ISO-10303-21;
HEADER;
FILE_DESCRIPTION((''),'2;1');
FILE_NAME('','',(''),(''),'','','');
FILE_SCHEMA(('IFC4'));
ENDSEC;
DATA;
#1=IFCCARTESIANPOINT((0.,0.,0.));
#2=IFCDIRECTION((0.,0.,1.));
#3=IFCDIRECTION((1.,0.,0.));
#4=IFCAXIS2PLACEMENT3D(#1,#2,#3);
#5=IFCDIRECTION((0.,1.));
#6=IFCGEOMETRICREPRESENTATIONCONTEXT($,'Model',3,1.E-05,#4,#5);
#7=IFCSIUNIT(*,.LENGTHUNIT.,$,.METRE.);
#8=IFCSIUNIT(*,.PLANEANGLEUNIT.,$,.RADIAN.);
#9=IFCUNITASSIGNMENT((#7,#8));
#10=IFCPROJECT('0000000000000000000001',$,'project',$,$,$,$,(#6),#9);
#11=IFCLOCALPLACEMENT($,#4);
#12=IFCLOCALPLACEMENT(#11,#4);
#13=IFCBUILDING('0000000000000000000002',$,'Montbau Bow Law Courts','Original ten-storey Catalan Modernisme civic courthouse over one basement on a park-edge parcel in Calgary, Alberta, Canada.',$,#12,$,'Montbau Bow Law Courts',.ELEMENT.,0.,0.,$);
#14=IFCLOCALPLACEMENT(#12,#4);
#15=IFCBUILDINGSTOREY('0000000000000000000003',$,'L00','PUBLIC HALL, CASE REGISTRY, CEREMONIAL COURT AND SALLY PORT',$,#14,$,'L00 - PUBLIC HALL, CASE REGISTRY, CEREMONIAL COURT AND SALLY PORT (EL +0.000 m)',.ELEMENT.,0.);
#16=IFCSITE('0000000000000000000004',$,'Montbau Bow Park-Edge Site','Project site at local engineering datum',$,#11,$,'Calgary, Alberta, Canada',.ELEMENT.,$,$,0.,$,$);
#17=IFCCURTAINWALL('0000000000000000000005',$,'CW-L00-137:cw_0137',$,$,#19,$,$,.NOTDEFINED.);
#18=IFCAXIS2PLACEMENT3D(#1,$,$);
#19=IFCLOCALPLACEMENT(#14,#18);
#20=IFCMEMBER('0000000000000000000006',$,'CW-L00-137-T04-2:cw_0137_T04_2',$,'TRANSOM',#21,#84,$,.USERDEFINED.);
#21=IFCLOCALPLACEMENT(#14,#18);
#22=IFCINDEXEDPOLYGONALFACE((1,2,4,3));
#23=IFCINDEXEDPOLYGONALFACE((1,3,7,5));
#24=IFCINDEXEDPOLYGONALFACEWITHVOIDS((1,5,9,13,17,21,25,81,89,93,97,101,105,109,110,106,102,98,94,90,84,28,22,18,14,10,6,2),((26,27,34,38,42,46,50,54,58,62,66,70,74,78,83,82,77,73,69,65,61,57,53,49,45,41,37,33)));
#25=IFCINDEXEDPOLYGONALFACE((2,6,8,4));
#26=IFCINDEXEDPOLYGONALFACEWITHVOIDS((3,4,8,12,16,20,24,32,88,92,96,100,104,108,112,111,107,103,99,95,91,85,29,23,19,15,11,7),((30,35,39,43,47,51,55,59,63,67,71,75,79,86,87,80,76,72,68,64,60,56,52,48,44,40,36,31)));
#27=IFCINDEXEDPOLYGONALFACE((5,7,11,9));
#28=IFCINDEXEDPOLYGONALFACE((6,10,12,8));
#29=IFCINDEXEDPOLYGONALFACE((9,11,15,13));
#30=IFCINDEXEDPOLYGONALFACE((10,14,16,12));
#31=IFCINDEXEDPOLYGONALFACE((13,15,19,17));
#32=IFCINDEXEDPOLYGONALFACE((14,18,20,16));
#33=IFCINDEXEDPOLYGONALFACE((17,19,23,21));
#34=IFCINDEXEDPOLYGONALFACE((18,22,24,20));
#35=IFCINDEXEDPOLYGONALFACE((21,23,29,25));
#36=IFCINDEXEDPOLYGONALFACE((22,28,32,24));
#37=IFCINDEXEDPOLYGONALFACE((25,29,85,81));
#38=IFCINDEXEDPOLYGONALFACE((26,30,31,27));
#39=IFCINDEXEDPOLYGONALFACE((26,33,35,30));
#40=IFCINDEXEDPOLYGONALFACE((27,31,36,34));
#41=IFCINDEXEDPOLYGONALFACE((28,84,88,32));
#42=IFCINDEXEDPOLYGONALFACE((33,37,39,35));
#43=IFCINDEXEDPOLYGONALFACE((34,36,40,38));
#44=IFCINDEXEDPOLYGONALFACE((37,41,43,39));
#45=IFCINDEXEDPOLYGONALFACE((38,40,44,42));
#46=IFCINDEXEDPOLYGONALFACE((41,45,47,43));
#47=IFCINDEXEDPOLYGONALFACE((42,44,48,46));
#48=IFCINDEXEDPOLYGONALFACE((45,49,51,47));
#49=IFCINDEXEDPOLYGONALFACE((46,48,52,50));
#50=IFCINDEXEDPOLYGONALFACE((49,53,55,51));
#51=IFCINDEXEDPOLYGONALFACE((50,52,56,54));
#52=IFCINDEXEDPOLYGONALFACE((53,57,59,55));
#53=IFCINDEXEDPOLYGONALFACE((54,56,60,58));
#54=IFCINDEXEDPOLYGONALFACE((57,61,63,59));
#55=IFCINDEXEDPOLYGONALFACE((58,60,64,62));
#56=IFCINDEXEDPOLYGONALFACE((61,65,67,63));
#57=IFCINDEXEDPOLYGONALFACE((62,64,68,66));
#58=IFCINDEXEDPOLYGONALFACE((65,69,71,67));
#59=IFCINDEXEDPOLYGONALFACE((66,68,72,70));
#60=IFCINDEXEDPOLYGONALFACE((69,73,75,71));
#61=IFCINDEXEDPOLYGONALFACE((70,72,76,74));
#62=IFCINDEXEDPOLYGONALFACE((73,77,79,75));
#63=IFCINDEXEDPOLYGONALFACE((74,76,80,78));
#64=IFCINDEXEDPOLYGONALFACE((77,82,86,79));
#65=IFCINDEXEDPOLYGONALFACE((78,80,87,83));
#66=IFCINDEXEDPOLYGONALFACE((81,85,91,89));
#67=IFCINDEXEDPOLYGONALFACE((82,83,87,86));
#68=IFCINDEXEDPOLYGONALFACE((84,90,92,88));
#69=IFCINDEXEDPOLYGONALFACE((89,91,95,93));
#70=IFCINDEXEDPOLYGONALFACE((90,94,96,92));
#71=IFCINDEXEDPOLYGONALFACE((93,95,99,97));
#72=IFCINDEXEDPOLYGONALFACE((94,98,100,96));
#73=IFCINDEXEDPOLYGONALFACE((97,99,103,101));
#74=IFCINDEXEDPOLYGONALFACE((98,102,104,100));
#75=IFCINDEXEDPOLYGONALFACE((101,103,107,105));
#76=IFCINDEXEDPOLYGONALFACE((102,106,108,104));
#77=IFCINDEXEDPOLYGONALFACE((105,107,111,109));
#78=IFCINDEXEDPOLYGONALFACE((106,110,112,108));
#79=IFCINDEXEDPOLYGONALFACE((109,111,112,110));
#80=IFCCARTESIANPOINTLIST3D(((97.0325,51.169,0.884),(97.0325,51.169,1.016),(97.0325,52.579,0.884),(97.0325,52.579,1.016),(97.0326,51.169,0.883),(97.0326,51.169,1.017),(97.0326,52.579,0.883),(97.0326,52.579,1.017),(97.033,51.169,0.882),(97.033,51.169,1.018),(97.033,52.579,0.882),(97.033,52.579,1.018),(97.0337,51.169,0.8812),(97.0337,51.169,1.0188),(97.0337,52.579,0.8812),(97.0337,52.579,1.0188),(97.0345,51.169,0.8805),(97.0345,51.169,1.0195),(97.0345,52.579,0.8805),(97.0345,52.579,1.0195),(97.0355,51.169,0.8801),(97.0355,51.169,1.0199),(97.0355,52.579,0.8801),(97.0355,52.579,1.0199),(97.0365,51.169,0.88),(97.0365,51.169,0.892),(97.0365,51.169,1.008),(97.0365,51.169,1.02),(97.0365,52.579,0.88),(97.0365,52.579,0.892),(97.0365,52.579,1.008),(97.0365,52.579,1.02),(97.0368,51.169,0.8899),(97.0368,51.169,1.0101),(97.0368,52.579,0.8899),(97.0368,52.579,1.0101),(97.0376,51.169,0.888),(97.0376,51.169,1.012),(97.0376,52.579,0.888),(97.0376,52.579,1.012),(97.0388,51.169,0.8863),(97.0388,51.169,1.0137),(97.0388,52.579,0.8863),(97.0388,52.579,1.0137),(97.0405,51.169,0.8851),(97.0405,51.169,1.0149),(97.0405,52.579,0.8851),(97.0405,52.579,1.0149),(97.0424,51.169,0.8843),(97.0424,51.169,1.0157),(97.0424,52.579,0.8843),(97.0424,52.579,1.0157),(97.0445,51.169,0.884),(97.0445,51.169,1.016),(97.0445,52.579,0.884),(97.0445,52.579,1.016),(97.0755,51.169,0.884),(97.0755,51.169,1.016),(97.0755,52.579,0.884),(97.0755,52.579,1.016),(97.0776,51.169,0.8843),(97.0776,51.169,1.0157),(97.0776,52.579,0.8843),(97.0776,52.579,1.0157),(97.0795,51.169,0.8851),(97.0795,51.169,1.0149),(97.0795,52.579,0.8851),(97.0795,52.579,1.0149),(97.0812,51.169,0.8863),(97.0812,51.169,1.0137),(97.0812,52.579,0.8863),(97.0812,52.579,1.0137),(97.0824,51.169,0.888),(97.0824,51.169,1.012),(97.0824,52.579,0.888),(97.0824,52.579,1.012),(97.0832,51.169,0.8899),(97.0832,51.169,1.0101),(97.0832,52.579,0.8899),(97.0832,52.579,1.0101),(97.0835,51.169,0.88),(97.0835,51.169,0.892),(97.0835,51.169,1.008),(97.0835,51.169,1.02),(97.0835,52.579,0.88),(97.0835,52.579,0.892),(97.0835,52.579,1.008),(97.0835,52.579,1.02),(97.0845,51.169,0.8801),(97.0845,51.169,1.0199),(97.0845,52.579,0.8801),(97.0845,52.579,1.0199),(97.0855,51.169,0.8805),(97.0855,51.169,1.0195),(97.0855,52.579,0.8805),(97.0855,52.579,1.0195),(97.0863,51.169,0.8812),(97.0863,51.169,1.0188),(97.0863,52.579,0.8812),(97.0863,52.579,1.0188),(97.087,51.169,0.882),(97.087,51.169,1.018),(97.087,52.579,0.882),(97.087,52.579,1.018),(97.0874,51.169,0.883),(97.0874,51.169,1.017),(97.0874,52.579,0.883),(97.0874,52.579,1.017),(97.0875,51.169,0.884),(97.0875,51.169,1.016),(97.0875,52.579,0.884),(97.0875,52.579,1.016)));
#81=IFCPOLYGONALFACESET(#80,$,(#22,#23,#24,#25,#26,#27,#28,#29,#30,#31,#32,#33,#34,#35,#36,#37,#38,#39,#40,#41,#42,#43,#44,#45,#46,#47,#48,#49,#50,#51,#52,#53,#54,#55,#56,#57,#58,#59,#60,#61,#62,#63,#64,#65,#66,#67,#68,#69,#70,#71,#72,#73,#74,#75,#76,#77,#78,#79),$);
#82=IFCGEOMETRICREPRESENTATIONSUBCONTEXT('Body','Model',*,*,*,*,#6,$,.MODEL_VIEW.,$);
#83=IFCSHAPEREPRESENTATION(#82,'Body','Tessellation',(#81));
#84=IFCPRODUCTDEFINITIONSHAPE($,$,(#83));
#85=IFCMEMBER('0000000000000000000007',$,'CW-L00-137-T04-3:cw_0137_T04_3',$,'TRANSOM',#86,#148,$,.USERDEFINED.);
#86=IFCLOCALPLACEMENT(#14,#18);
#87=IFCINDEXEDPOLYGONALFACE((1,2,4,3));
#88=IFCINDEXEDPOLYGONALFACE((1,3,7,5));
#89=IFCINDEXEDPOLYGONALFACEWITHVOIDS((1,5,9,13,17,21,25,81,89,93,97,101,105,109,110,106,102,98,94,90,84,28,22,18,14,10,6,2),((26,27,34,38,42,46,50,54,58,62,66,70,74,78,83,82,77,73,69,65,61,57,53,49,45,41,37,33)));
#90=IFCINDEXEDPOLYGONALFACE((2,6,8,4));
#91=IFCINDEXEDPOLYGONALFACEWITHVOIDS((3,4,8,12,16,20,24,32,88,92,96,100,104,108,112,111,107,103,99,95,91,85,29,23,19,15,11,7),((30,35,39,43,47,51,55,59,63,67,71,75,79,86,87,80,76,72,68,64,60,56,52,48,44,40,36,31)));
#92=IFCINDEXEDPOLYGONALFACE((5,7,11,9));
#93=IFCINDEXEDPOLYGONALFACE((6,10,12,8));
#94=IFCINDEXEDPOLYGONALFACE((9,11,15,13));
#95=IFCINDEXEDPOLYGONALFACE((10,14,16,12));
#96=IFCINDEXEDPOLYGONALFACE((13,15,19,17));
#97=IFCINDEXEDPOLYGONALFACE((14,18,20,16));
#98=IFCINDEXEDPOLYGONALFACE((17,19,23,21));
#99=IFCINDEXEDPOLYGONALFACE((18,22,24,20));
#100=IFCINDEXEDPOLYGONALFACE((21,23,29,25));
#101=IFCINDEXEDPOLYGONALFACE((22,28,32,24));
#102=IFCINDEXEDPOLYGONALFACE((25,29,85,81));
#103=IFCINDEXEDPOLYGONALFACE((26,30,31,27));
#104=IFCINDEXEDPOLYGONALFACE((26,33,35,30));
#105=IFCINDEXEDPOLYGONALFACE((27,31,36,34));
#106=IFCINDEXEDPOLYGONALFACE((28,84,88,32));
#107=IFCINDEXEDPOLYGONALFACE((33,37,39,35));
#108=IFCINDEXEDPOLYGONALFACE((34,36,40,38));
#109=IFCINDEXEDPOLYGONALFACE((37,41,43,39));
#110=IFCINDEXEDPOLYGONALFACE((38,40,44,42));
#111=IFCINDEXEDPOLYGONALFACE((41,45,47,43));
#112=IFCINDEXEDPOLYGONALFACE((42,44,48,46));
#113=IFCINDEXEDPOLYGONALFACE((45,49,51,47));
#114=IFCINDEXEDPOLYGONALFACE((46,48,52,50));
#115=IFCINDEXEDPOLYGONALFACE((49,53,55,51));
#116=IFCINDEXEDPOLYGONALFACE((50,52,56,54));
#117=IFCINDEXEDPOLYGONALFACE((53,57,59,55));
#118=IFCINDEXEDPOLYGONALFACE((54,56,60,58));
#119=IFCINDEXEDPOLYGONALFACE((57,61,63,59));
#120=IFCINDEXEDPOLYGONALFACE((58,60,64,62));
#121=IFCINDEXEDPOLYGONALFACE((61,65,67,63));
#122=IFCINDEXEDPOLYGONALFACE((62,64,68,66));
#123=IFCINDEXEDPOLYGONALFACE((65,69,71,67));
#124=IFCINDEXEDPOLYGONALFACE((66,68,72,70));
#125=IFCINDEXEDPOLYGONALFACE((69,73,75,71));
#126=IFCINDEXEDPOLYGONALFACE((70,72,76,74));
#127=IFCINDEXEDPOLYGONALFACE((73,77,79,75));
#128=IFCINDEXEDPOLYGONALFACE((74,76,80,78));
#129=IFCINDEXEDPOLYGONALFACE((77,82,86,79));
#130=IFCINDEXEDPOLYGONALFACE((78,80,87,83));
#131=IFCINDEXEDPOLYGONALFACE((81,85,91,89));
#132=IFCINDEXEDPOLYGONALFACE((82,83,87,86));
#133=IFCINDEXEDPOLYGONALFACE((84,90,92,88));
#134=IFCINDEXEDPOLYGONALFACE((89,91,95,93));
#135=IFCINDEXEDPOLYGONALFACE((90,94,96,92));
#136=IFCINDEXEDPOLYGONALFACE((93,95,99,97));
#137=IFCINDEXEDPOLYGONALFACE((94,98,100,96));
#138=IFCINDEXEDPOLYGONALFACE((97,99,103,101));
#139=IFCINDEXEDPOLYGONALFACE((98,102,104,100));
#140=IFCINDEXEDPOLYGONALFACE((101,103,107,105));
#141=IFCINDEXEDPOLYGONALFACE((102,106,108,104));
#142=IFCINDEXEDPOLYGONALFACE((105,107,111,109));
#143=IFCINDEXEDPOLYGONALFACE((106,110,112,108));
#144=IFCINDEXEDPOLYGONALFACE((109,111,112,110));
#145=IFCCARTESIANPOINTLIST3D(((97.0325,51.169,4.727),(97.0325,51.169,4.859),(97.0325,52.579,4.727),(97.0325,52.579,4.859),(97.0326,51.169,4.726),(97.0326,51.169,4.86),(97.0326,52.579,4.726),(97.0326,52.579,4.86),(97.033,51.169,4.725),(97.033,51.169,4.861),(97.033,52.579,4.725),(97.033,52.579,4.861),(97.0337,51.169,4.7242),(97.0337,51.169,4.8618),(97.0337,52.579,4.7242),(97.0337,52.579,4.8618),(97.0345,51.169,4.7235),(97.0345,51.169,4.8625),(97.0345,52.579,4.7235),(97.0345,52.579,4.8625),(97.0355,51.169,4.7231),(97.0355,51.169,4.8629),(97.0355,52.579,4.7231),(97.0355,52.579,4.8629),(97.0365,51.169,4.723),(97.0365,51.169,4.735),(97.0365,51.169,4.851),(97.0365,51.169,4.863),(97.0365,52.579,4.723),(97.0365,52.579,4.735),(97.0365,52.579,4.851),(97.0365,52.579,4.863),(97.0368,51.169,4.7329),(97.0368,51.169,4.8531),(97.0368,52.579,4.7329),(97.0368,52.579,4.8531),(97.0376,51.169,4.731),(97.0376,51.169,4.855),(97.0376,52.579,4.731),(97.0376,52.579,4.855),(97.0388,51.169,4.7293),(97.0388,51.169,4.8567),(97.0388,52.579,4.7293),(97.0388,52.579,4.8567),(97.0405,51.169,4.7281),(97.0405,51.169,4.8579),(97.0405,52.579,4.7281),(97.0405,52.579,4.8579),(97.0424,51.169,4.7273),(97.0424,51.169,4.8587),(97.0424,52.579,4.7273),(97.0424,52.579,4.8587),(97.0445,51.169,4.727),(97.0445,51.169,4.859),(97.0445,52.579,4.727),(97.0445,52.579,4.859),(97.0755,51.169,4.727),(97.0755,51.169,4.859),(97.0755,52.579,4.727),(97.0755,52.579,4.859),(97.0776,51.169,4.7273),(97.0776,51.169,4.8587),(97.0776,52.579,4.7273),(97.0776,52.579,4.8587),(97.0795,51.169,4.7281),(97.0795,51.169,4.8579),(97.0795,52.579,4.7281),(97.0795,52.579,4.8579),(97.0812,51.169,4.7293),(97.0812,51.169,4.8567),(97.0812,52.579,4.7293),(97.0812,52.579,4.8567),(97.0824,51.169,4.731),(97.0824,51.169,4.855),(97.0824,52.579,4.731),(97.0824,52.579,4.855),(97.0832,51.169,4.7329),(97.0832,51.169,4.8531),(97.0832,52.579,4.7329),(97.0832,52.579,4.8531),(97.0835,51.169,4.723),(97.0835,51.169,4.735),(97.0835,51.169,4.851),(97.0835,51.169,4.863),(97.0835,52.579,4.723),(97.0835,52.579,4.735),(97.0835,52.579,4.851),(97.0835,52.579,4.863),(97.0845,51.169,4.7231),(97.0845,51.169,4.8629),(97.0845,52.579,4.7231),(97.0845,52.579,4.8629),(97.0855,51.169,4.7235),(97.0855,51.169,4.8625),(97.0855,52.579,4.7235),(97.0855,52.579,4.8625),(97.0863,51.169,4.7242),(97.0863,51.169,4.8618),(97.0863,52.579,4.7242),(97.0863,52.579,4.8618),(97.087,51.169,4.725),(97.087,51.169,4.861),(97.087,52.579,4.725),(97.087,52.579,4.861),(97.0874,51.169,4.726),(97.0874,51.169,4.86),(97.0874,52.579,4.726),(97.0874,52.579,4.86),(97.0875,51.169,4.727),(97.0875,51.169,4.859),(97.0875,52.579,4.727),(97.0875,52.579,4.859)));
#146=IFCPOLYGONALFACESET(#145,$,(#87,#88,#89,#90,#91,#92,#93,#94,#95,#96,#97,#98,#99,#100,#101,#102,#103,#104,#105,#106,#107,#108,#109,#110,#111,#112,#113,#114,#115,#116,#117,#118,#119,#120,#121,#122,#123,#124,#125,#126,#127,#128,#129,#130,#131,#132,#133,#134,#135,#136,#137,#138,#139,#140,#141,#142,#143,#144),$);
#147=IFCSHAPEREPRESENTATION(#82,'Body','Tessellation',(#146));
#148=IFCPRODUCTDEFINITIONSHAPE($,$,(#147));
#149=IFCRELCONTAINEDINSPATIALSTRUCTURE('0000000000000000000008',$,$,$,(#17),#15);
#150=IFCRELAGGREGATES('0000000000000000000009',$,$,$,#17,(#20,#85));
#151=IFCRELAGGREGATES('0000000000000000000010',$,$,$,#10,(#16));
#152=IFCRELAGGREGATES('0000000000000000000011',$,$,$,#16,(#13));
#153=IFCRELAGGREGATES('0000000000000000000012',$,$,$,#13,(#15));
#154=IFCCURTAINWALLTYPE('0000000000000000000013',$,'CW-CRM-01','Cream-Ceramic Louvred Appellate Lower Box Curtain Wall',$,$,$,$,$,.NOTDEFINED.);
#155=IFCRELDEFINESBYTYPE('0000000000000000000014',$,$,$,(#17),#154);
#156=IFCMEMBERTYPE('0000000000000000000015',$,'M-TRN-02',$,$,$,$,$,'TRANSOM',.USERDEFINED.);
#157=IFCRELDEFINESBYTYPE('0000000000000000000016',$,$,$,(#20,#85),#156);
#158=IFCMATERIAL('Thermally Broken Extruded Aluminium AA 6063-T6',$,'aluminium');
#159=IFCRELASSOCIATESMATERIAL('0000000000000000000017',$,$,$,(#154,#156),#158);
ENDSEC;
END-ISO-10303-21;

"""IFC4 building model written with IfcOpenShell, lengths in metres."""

from ifc_helpers import new_model, si_unit, direction, frame, origin_with_axes, origin_2d_with_axis, place, context, subcontext, project, spatial, hollow_rectangle, extrude, material, material_profile, profile_set, type_object, element, aggregate, save


model = new_model("IFC4")

# Units and contexts
model_context = context("Model", 3, precision=1e-05, world=origin_with_axes(), true_north=direction((0.0, 1.0)))
body_context = subcontext(model_context, "Body", "Model", "MODEL_VIEW")
ifc_project = project(units=[si_unit("LENGTHUNIT", "METRE"), si_unit("PLANEANGLEUNIT", "RADIAN")], contexts=[model_context])

# Site, building, storey
site_placement = place(None, origin_with_axes())
site = spatial("IfcSite", under=ifc_project, at=site_placement, Name="Montbau Bow Park-Edge Site", Description="Project site at local engineering datum", LongName="Calgary, Alberta, Canada", CompositionType="ELEMENT", RefElevation=0.0)
building_placement = place(site_placement, origin_with_axes())
building = spatial("IfcBuilding", under=site, at=building_placement, Name="Montbau Bow Law Courts", Description="Original ten-storey Catalan Modernisme civic courthouse over one basement on a park-edge parcel in Calgary, Alberta, Canada.", LongName="Montbau Bow Law Courts", CompositionType="ELEMENT", ElevationOfRefHeight=0.0, ElevationOfTerrain=0.0)
storey_placement = place(building_placement, origin_with_axes())
storey = spatial("IfcBuildingStorey", under=building, at=storey_placement, Name="L00", Description="PUBLIC HALL, CASE REGISTRY, CEREMONIAL COURT AND SALLY PORT", LongName="L00 - PUBLIC HALL, CASE REGISTRY, CEREMONIAL COURT AND SALLY PORT (EL +0.000 m)", CompositionType="ELEMENT", Elevation=0.0)

# Curtain wall, members
ifc_material_1 = material(Name="Thermally Broken Extruded Aluminium AA 6063-T6", Category="aluminium")
curtain_wall_type = type_object("IfcCurtainWallType", Name="CW-CRM-01", Description="Cream-Ceramic Louvred Appellate Lower Box Curtain Wall", PredefinedType="NOTDEFINED", material=ifc_material_1)
curtain_wall_placement = place(None, frame((97.06, 46.715, 0.0), z_axis=(0.0, 0.0, 1.0), x_axis=(1.0, 0.0, 0.0)))
curtain_wall = element("IfcCurtainWall", 1, at=curtain_wall_placement, inside=storey, type_object=curtain_wall_type, Name="CW-L00-137:cw_0137", PredefinedType="NOTDEFINED")
ifc_material_profile_1 = material_profile(ifc_material_1, hollow_rectangle(XDim=0.055, YDim=0.14, WallThickness=0.004, InnerFilletRadius=0.008, OuterFilletRadius=0.004, at=origin_2d_with_axis()), Name="CWT-140X55", Category="Main", Priority=0)
ifc_profile_set_1 = profile_set([ifc_material_profile_1], Name="Thermally Broken Extruded Aluminium AA 6063-T6")
member_type_1 = type_object("IfcMemberType", Name="M-TRN-02", ElementType="TRANSOM", PredefinedType="USERDEFINED", material=ifc_profile_set_1)
member_1_placement = place(None, frame((97.06, 51.169, 0.95), z_axis=(0.0, 1.0, 0.0), x_axis=(-1.0, 0.0, 0.0)))
member_1 = element("IfcMember", 2, at=member_1_placement, type_object=member_type_1, Name="CW-L00-137-T04-2:cw_0137_T04_2", ObjectType="TRANSOM", PredefinedType="USERDEFINED", context=body_context, shape_type="SweptSolid", body=[
    extrude(hollow_rectangle(XDim=0.055, YDim=0.14, WallThickness=0.004, InnerFilletRadius=0.008, OuterFilletRadius=0.004, at=origin_2d_with_axis()), origin_with_axes(), (0.0, 0.0, 1.0), 1.41),
])
member_2_placement = place(None, frame((97.06, 51.169, 4.793), z_axis=(0.0, 1.0, 0.0), x_axis=(-1.0, 0.0, 0.0)))
member_2 = element("IfcMember", 3, at=member_2_placement, type_object=member_type_1, Name="CW-L00-137-T04-3:cw_0137_T04_3", ObjectType="TRANSOM", PredefinedType="USERDEFINED", context=body_context, shape_type="SweptSolid", body=[
    extrude(hollow_rectangle(XDim=0.055, YDim=0.14, WallThickness=0.004, InnerFilletRadius=0.008, OuterFilletRadius=0.004, at=origin_2d_with_axis()), origin_with_axes(), (0.0, 0.0, 1.0), 1.41),
])
aggregate(curtain_wall, [member_1, member_2])

save(model, "model.ifc")
